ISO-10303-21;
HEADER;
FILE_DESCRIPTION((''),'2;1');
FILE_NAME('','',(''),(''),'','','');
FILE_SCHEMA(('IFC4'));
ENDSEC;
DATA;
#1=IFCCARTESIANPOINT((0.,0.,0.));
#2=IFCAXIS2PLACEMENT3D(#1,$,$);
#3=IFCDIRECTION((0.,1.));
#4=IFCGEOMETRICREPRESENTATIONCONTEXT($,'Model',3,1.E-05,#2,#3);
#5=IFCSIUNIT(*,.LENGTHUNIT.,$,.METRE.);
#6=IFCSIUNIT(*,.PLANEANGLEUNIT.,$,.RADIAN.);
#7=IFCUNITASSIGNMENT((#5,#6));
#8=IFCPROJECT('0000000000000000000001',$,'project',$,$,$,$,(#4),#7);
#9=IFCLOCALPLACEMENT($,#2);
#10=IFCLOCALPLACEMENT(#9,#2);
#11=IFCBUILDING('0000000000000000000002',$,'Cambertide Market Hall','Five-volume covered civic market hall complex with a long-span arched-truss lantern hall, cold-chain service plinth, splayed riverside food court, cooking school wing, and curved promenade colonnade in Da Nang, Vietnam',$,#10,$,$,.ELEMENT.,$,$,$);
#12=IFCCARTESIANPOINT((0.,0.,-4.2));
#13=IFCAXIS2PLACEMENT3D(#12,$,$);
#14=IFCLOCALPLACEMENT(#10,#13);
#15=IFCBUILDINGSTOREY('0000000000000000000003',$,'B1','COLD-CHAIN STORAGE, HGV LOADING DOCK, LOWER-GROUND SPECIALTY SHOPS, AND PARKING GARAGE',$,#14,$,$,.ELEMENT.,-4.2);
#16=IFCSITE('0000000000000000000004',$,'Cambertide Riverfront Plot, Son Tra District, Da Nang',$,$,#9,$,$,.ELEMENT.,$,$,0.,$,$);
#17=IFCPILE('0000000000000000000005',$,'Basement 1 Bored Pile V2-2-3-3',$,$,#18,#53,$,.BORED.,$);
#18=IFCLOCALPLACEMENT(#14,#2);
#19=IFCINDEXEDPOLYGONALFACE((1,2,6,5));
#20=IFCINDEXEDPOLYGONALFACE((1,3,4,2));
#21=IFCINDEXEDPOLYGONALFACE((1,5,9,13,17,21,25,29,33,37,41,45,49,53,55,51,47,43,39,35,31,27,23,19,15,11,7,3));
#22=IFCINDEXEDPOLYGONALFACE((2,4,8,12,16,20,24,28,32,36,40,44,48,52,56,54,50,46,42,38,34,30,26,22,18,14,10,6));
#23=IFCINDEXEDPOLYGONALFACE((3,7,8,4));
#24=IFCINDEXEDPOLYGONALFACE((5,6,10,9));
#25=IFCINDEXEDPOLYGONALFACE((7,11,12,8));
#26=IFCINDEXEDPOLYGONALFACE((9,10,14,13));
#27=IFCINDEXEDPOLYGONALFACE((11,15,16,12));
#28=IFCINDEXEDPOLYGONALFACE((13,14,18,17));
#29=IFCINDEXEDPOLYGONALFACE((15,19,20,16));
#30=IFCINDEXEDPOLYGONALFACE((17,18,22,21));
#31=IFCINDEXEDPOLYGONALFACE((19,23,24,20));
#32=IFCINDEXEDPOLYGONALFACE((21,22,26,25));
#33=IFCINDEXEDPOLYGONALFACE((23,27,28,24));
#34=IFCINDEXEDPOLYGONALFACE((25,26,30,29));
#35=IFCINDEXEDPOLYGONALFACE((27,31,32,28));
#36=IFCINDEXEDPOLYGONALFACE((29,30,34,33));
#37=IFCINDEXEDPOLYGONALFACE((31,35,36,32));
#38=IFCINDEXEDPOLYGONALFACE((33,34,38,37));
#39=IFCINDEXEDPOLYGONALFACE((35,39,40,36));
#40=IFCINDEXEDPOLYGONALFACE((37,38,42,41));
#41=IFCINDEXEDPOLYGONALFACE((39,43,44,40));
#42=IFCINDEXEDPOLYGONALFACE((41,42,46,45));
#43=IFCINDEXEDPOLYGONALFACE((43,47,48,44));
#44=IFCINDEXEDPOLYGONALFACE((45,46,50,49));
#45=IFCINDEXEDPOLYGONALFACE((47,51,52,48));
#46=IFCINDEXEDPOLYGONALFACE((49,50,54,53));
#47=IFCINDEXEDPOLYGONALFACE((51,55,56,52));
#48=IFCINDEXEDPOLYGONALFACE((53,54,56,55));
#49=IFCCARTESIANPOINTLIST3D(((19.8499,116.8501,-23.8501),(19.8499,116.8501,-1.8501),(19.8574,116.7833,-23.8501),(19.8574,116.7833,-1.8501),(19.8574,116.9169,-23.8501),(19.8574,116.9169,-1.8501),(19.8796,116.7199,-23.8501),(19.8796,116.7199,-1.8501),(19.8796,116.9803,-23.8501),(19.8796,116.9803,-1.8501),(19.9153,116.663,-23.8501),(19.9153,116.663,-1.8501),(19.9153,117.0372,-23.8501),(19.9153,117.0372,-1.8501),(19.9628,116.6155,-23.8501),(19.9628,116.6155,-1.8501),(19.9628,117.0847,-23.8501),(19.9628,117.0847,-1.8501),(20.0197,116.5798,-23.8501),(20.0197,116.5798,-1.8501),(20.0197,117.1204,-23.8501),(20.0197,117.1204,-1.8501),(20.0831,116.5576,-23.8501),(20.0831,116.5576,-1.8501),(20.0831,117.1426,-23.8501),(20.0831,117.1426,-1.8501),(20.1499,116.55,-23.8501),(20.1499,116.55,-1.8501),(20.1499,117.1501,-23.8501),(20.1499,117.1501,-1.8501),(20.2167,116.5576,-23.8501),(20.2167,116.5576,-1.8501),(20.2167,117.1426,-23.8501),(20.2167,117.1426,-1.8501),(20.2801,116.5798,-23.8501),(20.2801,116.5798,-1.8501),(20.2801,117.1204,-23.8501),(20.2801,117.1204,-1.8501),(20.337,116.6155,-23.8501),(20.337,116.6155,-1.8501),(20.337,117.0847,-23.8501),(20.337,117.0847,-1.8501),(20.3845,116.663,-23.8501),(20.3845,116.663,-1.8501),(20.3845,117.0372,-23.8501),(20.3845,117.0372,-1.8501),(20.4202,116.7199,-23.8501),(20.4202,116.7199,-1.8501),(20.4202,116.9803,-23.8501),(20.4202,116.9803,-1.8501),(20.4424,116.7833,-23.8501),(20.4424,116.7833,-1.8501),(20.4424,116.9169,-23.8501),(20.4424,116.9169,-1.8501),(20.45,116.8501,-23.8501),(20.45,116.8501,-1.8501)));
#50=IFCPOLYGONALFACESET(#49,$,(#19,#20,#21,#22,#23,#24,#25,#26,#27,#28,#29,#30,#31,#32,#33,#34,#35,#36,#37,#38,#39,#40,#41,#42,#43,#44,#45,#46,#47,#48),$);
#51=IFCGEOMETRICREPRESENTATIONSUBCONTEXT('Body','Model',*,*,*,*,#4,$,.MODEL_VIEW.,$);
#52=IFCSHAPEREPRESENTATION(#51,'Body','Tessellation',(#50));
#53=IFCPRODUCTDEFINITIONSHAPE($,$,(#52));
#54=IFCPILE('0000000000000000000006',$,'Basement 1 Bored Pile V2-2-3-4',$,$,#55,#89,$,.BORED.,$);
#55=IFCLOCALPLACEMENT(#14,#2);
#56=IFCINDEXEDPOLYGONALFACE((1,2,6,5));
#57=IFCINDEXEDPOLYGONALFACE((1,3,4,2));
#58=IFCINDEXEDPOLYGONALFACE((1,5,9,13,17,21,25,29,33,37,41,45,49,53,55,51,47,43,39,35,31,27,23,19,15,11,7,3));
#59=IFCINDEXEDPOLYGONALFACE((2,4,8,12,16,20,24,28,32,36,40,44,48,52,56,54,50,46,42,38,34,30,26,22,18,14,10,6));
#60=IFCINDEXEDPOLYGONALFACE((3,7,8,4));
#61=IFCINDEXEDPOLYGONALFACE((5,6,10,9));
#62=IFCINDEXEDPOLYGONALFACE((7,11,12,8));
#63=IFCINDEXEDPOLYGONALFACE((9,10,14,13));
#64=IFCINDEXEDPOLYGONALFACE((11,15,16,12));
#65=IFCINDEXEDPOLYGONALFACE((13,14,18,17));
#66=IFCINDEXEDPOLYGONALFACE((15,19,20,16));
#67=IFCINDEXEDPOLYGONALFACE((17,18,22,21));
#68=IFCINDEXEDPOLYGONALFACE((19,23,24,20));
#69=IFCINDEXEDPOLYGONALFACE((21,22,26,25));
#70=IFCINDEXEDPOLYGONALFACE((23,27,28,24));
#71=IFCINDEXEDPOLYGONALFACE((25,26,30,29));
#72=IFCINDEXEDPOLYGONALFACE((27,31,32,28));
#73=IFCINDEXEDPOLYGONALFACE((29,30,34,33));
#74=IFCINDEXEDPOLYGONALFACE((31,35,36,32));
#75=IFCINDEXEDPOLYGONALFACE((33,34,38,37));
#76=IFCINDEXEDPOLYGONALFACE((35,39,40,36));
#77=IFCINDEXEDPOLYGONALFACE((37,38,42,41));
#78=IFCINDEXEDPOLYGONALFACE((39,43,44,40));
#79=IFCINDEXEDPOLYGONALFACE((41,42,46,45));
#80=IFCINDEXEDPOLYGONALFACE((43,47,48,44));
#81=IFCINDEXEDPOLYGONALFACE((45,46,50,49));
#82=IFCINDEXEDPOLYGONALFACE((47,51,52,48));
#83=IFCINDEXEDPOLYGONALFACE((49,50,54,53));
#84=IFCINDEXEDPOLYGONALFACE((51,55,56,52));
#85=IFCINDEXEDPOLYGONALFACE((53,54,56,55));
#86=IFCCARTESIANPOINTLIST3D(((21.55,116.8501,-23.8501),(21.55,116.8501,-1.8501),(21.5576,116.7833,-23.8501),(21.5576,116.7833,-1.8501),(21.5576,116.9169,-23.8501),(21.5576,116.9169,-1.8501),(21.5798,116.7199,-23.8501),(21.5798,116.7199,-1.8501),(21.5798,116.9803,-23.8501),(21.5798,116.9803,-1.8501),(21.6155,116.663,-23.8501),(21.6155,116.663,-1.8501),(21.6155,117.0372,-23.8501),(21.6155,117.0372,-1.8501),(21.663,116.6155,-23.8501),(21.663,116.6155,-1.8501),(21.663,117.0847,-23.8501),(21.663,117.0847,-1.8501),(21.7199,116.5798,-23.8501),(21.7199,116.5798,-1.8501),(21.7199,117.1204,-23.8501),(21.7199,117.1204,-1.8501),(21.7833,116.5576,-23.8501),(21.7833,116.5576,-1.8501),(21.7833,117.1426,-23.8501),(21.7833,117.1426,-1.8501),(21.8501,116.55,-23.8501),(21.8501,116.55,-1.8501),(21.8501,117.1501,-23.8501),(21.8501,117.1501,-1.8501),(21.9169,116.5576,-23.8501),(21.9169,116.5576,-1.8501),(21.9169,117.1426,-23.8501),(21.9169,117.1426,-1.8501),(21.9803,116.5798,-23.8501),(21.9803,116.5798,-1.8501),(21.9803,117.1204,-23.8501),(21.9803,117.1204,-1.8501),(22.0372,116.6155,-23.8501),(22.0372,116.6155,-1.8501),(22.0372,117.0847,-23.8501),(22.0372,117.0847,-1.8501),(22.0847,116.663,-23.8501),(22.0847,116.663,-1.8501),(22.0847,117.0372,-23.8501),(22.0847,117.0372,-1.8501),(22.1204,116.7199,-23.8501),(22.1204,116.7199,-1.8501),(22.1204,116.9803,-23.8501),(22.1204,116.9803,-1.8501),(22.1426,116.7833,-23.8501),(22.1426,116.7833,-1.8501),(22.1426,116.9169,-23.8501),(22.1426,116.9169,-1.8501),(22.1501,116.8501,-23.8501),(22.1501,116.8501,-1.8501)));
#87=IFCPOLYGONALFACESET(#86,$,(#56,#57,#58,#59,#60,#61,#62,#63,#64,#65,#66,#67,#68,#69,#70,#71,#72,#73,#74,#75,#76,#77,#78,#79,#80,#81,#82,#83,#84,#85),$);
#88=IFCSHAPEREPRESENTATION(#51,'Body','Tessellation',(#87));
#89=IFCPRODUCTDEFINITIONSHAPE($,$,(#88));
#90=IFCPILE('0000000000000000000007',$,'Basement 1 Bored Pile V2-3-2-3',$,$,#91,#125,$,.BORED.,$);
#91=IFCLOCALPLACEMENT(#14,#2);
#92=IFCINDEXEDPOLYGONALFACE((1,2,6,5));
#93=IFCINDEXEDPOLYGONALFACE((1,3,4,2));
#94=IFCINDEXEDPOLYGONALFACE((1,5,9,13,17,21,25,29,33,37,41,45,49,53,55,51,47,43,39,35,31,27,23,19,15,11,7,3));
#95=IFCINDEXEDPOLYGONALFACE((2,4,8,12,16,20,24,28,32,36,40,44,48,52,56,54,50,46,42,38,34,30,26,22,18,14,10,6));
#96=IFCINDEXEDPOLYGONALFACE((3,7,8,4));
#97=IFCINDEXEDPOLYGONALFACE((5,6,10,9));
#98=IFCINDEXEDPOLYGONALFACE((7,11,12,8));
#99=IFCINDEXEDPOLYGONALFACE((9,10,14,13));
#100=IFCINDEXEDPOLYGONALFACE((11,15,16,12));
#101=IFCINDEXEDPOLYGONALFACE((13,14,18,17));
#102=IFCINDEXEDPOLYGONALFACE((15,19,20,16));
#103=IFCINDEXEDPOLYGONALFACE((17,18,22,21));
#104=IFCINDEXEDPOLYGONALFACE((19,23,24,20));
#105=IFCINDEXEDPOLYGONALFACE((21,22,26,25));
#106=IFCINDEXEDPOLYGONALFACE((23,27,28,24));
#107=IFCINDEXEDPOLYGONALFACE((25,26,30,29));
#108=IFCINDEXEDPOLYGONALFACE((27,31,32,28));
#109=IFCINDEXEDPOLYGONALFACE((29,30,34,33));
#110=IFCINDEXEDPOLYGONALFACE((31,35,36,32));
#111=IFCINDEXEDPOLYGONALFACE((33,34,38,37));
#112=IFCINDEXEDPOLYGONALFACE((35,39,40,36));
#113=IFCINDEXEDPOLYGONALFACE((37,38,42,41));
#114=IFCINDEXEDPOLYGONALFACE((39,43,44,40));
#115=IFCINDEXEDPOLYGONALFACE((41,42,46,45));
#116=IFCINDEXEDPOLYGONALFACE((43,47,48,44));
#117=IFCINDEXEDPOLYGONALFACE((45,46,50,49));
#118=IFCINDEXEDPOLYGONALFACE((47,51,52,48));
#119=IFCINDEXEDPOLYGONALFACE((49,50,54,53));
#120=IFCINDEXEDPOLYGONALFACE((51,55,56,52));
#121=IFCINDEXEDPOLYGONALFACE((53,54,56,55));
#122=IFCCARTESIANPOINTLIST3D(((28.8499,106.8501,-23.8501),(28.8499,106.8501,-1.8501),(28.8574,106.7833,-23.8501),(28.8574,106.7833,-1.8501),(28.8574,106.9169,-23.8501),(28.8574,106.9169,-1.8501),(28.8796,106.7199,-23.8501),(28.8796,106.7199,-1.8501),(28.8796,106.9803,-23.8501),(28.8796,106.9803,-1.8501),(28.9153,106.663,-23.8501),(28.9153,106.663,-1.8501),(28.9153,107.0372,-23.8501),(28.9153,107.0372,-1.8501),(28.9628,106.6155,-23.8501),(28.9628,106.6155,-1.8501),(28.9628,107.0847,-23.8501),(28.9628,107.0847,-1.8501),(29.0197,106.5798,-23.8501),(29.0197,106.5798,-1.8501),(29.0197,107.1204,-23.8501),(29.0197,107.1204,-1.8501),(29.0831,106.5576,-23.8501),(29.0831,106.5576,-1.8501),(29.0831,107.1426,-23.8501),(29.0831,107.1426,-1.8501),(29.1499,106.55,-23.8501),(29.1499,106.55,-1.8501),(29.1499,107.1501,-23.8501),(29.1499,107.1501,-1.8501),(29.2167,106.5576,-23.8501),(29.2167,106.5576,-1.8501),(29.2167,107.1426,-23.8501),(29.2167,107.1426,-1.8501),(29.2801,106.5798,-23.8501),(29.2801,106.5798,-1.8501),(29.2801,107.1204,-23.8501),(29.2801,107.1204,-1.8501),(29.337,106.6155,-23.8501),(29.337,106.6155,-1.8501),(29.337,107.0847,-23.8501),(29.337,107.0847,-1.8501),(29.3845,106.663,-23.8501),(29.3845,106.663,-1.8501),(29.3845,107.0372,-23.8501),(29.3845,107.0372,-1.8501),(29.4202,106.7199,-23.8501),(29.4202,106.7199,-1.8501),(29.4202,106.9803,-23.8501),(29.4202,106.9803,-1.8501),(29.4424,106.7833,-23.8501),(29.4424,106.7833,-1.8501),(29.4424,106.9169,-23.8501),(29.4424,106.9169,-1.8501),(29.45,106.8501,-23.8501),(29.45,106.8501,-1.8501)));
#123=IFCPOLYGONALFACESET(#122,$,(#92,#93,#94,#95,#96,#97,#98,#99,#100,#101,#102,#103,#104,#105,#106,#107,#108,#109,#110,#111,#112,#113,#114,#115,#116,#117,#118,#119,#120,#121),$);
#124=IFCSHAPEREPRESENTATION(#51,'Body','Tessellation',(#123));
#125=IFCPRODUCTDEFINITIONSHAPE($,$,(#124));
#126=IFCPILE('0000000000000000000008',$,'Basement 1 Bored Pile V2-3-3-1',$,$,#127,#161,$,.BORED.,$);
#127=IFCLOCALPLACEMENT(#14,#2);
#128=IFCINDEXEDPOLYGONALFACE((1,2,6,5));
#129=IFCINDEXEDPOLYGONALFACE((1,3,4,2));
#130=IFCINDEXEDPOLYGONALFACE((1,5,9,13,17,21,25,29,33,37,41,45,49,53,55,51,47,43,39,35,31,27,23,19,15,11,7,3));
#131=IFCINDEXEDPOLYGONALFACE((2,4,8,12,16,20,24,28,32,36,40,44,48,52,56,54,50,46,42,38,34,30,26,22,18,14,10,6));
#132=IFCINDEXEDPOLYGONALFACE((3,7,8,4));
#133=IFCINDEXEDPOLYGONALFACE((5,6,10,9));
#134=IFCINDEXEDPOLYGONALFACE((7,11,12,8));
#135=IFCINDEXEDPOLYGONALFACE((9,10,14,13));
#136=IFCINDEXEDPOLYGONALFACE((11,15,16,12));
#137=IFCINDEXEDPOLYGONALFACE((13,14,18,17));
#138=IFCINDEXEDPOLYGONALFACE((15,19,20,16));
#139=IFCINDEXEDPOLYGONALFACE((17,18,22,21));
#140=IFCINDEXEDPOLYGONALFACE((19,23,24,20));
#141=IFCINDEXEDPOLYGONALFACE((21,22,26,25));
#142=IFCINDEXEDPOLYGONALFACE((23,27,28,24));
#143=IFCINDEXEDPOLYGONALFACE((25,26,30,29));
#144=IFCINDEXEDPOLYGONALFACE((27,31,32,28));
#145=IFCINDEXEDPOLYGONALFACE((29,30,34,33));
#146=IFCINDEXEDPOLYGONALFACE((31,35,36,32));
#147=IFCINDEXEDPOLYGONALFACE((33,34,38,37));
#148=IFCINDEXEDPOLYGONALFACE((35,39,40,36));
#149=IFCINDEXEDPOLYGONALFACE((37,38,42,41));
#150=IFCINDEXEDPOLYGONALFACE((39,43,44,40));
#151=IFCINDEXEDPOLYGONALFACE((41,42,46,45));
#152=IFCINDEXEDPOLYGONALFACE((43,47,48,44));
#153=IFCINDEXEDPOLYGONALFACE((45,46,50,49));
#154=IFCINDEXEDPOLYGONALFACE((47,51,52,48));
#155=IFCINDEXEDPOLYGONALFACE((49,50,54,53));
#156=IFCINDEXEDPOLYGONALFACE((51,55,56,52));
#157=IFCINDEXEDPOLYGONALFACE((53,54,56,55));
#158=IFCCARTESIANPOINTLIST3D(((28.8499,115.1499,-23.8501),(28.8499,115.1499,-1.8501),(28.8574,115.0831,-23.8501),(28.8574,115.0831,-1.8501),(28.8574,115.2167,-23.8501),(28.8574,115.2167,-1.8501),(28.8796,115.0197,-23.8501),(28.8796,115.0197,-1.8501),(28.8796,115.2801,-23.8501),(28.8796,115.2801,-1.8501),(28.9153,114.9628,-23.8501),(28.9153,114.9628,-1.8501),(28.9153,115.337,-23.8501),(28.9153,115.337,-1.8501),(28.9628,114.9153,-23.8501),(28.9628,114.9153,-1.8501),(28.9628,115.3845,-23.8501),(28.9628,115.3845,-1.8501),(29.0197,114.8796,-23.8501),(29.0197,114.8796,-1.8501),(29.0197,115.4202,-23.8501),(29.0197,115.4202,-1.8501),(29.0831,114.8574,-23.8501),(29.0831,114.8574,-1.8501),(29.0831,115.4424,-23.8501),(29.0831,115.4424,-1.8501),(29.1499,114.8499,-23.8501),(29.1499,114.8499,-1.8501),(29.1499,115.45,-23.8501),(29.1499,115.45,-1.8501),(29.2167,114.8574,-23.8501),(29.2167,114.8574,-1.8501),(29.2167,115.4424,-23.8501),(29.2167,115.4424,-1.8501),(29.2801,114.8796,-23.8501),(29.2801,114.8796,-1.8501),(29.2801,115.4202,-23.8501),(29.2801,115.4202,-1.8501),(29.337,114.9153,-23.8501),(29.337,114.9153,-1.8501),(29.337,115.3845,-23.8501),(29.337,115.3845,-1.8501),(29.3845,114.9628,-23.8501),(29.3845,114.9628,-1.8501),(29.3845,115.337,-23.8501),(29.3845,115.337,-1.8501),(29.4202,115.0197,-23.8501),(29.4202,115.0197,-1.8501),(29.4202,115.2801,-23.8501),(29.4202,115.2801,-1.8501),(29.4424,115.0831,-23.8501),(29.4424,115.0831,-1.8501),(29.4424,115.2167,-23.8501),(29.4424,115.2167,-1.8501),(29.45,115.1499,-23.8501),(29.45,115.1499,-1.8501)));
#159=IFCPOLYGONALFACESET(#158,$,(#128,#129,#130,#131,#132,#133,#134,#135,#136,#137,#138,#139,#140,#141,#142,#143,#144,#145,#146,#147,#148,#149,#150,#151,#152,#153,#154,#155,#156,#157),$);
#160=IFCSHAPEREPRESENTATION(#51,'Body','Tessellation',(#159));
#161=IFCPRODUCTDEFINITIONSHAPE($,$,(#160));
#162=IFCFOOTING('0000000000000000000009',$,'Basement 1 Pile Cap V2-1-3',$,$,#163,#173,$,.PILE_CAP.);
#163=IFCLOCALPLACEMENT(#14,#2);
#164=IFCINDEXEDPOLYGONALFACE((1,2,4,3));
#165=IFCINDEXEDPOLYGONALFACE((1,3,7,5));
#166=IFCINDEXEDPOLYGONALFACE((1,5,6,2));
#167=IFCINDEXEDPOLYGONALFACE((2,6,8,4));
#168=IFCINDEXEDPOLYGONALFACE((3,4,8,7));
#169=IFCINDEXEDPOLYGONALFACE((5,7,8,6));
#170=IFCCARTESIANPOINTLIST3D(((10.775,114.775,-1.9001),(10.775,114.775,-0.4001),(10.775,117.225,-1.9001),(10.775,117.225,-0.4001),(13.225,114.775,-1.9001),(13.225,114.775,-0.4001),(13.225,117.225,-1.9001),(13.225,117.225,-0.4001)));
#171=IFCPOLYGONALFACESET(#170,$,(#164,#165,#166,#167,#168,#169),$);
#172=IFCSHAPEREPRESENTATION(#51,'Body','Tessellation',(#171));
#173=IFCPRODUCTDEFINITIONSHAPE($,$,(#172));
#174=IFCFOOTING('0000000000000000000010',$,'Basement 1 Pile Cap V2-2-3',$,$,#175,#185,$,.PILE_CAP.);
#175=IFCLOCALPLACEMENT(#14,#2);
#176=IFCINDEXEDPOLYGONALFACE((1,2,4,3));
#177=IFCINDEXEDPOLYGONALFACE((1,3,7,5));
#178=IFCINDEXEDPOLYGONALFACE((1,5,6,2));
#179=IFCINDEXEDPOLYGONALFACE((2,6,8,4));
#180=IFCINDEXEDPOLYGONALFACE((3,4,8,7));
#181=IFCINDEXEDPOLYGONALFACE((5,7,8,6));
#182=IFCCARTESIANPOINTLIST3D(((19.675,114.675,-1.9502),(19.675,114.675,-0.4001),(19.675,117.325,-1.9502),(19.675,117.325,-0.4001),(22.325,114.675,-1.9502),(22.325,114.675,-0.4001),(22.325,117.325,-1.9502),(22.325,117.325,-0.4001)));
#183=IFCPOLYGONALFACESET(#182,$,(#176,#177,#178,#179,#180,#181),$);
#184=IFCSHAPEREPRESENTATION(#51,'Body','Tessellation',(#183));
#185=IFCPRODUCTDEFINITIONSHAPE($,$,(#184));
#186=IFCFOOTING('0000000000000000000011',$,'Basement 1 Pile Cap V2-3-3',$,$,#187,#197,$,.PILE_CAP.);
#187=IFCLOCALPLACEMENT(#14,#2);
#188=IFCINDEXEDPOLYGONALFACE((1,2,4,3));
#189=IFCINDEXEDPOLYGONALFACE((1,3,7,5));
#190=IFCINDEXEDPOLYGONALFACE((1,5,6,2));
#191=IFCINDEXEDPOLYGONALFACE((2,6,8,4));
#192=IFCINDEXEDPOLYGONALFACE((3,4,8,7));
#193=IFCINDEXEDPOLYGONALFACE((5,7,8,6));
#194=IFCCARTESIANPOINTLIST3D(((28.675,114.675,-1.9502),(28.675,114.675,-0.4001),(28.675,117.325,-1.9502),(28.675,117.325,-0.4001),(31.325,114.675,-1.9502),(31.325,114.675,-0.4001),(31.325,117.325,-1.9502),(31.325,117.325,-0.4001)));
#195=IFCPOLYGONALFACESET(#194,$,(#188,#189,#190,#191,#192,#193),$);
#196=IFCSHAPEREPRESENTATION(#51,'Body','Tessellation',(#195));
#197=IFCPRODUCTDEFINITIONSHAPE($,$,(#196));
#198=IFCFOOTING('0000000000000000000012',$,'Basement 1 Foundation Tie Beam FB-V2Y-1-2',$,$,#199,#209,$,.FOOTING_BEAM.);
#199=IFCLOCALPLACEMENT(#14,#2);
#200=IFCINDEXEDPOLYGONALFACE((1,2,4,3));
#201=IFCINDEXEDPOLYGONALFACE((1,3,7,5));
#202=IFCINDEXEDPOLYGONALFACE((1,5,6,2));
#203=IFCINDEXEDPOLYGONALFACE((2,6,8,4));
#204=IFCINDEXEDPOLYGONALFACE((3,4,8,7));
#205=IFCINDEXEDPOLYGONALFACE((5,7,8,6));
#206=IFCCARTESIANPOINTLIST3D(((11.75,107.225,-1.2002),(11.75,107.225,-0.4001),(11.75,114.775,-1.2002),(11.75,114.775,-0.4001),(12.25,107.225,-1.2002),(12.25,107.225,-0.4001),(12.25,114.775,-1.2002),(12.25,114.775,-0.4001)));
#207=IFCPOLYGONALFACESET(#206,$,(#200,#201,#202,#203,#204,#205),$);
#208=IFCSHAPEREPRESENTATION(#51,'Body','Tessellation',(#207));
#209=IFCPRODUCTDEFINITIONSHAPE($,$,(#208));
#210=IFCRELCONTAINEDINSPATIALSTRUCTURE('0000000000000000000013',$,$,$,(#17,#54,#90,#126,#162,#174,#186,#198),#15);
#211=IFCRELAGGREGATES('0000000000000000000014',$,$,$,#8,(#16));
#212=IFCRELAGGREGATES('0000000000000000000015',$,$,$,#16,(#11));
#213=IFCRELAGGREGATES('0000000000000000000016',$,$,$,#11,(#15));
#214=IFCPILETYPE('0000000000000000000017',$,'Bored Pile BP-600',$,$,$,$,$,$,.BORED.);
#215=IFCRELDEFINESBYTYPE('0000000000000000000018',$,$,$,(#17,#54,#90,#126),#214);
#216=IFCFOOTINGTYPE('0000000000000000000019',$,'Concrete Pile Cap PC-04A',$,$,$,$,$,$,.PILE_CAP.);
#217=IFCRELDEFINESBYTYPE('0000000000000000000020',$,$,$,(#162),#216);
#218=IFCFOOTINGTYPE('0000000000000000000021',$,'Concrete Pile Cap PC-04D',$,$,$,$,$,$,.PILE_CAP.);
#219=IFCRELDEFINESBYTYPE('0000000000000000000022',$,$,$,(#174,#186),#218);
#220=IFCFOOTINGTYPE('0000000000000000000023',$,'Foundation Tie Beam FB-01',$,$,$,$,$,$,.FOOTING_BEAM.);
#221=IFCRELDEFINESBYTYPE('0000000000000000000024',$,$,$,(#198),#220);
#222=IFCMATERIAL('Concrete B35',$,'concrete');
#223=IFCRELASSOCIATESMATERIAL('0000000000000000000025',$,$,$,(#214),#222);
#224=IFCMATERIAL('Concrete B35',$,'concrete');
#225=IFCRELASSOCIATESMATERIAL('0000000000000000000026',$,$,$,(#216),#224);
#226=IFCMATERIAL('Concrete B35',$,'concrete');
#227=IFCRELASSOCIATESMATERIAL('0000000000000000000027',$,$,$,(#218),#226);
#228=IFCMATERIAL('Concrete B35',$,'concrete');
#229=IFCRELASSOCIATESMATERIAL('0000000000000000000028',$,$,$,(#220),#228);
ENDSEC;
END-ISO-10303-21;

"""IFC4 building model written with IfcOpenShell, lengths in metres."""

from ifc_helpers import new_model, si_unit, direction, frame, origin, origin_2d, place, context, subcontext, project, spatial, rectangle, circle, extrude, material, material_profile, profile_set, type_object, element, save


model = new_model("IFC4")

# Units and contexts
model_context = context("Model", 3, precision=1e-05, world=origin(), true_north=direction((0.0, 1.0)))
body_context = subcontext(model_context, "Body", "Model", "MODEL_VIEW")
ifc_project = project(units=[si_unit("LENGTHUNIT", "METRE"), si_unit("PLANEANGLEUNIT", "RADIAN")], contexts=[model_context])

# Site, building, storey
site_placement = place(None, origin())
site = spatial("IfcSite", under=ifc_project, at=site_placement, Name="Cambertide Riverfront Plot, Son Tra District, Da Nang", CompositionType="ELEMENT", RefElevation=0.0)
building_placement = place(site_placement, origin())
building = spatial("IfcBuilding", under=site, at=building_placement, Name="Cambertide Market Hall", Description="Five-volume covered civic market hall complex with a long-span arched-truss lantern hall, cold-chain service plinth, splayed riverside food court, cooking school wing, and curved promenade colonnade in Da Nang, Vietnam", CompositionType="ELEMENT")
storey_placement = place(building_placement, frame((0.0, 0.0, -4.2)))
storey = spatial("IfcBuildingStorey", under=building, at=storey_placement, Name="B1", Description="COLD-CHAIN STORAGE, HGV LOADING DOCK, LOWER-GROUND SPECIALTY SHOPS, AND PARKING GARAGE", CompositionType="ELEMENT", Elevation=-4.2)

# Piles
ifc_material_1 = material(Name="Concrete B35", Category="concrete")
ifc_material_profile_1 = material_profile(ifc_material_1, circle(Radius=0.3, at=origin_2d()), Name="BP D600")
ifc_profile_set_1 = profile_set([ifc_material_profile_1], Name="Concrete B35")
pile_type = type_object("IfcPileType", Name="Bored Pile BP-600", PredefinedType="BORED", material=ifc_profile_set_1)
for number, where, z_axis, x_axis, name in (
    (1, (20.1499, 116.8501, -1.8501), (0.0, 0.0, -1.0), (1.0, 0.0, 0.0), "Basement 1 Bored Pile V2-2-3-3"),
    (2, (21.8501, 116.8501, -1.8501), (0.0, 0.0, -1.0), (1.0, 0.0, 0.0), "Basement 1 Bored Pile V2-2-3-4"),
    (3, (29.1499, 106.8501, -1.8501), (0.0, 0.0, -1.0), (1.0, 0.0, 0.0), "Basement 1 Bored Pile V2-3-2-3"),
    (4, (29.1499, 115.1499, -1.8501), (0.0, 0.0, -1.0), (1.0, 0.0, 0.0), "Basement 1 Bored Pile V2-3-3-1"),
):
    element("IfcPile", number, at=place(storey_placement, frame(where, z_axis=z_axis, x_axis=x_axis)), inside=storey, type_object=pile_type, Name=name, PredefinedType="BORED", context=body_context, shape_type="SweptSolid", body=[
        extrude(circle(Radius=0.3, at=origin_2d()), origin(), (0.0, 0.0, 1.0), 22.0),
    ])

# Footings
ifc_material_2 = material(Name="Concrete B35", Category="concrete")
footing_type_1 = type_object("IfcFootingType", Name="Concrete Pile Cap PC-04A", PredefinedType="PILE_CAP", material=ifc_material_2)
footing_1_placement = place(storey_placement, frame((12.0, 116.0, -1.9001), z_axis=(0.0, 0.0, 1.0), x_axis=(1.0, 0.0, 0.0)))
element("IfcFooting", 5, at=footing_1_placement, inside=storey, type_object=footing_type_1, Name="Basement 1 Pile Cap V2-1-3", PredefinedType="PILE_CAP", context=body_context, shape_type="SweptSolid", body=[
    extrude(rectangle(XDim=2.45, YDim=2.45, at=origin_2d()), origin(), (0.0, 0.0, 1.0), 1.5),
])
ifc_material_3 = material(Name="Concrete B35", Category="concrete")
footing_type_2 = type_object("IfcFootingType", Name="Concrete Pile Cap PC-04D", PredefinedType="PILE_CAP", material=ifc_material_3)
for number, where, z_axis, x_axis, name in (
    (6, (21.0, 116.0, -1.9502), (0.0, 0.0, 1.0), (1.0, 0.0, 0.0), "Basement 1 Pile Cap V2-2-3"),
    (7, (30.0, 116.0, -1.9502), (0.0, 0.0, 1.0), (1.0, 0.0, 0.0), "Basement 1 Pile Cap V2-3-3"),
):
    element("IfcFooting", number, at=place(storey_placement, frame(where, z_axis=z_axis, x_axis=x_axis)), inside=storey, type_object=footing_type_2, Name=name, PredefinedType="PILE_CAP", context=body_context, shape_type="SweptSolid", body=[
        extrude(rectangle(XDim=2.6499, YDim=2.6499, at=origin_2d()), origin(), (0.0, 0.0, 1.0), 1.55),
    ])
ifc_material_4 = material(Name="Concrete B35", Category="concrete")
footing_type_3 = type_object("IfcFootingType", Name="Foundation Tie Beam FB-01", PredefinedType="FOOTING_BEAM", material=ifc_material_4)
footing_2_placement = place(storey_placement, frame((12.0, 111.0, -1.2002), z_axis=(0.0, 0.0, 1.0), x_axis=(0.0, 1.0, 0.0)))
element("IfcFooting", 8, at=footing_2_placement, inside=storey, type_object=footing_type_3, Name="Basement 1 Foundation Tie Beam FB-V2Y-1-2", PredefinedType="FOOTING_BEAM", context=body_context, shape_type="SweptSolid", body=[
    extrude(rectangle(XDim=7.55, YDim=0.5, at=origin_2d()), origin(), (0.0, 0.0, 1.0), 0.8),
])

save(model, "model.ifc")
